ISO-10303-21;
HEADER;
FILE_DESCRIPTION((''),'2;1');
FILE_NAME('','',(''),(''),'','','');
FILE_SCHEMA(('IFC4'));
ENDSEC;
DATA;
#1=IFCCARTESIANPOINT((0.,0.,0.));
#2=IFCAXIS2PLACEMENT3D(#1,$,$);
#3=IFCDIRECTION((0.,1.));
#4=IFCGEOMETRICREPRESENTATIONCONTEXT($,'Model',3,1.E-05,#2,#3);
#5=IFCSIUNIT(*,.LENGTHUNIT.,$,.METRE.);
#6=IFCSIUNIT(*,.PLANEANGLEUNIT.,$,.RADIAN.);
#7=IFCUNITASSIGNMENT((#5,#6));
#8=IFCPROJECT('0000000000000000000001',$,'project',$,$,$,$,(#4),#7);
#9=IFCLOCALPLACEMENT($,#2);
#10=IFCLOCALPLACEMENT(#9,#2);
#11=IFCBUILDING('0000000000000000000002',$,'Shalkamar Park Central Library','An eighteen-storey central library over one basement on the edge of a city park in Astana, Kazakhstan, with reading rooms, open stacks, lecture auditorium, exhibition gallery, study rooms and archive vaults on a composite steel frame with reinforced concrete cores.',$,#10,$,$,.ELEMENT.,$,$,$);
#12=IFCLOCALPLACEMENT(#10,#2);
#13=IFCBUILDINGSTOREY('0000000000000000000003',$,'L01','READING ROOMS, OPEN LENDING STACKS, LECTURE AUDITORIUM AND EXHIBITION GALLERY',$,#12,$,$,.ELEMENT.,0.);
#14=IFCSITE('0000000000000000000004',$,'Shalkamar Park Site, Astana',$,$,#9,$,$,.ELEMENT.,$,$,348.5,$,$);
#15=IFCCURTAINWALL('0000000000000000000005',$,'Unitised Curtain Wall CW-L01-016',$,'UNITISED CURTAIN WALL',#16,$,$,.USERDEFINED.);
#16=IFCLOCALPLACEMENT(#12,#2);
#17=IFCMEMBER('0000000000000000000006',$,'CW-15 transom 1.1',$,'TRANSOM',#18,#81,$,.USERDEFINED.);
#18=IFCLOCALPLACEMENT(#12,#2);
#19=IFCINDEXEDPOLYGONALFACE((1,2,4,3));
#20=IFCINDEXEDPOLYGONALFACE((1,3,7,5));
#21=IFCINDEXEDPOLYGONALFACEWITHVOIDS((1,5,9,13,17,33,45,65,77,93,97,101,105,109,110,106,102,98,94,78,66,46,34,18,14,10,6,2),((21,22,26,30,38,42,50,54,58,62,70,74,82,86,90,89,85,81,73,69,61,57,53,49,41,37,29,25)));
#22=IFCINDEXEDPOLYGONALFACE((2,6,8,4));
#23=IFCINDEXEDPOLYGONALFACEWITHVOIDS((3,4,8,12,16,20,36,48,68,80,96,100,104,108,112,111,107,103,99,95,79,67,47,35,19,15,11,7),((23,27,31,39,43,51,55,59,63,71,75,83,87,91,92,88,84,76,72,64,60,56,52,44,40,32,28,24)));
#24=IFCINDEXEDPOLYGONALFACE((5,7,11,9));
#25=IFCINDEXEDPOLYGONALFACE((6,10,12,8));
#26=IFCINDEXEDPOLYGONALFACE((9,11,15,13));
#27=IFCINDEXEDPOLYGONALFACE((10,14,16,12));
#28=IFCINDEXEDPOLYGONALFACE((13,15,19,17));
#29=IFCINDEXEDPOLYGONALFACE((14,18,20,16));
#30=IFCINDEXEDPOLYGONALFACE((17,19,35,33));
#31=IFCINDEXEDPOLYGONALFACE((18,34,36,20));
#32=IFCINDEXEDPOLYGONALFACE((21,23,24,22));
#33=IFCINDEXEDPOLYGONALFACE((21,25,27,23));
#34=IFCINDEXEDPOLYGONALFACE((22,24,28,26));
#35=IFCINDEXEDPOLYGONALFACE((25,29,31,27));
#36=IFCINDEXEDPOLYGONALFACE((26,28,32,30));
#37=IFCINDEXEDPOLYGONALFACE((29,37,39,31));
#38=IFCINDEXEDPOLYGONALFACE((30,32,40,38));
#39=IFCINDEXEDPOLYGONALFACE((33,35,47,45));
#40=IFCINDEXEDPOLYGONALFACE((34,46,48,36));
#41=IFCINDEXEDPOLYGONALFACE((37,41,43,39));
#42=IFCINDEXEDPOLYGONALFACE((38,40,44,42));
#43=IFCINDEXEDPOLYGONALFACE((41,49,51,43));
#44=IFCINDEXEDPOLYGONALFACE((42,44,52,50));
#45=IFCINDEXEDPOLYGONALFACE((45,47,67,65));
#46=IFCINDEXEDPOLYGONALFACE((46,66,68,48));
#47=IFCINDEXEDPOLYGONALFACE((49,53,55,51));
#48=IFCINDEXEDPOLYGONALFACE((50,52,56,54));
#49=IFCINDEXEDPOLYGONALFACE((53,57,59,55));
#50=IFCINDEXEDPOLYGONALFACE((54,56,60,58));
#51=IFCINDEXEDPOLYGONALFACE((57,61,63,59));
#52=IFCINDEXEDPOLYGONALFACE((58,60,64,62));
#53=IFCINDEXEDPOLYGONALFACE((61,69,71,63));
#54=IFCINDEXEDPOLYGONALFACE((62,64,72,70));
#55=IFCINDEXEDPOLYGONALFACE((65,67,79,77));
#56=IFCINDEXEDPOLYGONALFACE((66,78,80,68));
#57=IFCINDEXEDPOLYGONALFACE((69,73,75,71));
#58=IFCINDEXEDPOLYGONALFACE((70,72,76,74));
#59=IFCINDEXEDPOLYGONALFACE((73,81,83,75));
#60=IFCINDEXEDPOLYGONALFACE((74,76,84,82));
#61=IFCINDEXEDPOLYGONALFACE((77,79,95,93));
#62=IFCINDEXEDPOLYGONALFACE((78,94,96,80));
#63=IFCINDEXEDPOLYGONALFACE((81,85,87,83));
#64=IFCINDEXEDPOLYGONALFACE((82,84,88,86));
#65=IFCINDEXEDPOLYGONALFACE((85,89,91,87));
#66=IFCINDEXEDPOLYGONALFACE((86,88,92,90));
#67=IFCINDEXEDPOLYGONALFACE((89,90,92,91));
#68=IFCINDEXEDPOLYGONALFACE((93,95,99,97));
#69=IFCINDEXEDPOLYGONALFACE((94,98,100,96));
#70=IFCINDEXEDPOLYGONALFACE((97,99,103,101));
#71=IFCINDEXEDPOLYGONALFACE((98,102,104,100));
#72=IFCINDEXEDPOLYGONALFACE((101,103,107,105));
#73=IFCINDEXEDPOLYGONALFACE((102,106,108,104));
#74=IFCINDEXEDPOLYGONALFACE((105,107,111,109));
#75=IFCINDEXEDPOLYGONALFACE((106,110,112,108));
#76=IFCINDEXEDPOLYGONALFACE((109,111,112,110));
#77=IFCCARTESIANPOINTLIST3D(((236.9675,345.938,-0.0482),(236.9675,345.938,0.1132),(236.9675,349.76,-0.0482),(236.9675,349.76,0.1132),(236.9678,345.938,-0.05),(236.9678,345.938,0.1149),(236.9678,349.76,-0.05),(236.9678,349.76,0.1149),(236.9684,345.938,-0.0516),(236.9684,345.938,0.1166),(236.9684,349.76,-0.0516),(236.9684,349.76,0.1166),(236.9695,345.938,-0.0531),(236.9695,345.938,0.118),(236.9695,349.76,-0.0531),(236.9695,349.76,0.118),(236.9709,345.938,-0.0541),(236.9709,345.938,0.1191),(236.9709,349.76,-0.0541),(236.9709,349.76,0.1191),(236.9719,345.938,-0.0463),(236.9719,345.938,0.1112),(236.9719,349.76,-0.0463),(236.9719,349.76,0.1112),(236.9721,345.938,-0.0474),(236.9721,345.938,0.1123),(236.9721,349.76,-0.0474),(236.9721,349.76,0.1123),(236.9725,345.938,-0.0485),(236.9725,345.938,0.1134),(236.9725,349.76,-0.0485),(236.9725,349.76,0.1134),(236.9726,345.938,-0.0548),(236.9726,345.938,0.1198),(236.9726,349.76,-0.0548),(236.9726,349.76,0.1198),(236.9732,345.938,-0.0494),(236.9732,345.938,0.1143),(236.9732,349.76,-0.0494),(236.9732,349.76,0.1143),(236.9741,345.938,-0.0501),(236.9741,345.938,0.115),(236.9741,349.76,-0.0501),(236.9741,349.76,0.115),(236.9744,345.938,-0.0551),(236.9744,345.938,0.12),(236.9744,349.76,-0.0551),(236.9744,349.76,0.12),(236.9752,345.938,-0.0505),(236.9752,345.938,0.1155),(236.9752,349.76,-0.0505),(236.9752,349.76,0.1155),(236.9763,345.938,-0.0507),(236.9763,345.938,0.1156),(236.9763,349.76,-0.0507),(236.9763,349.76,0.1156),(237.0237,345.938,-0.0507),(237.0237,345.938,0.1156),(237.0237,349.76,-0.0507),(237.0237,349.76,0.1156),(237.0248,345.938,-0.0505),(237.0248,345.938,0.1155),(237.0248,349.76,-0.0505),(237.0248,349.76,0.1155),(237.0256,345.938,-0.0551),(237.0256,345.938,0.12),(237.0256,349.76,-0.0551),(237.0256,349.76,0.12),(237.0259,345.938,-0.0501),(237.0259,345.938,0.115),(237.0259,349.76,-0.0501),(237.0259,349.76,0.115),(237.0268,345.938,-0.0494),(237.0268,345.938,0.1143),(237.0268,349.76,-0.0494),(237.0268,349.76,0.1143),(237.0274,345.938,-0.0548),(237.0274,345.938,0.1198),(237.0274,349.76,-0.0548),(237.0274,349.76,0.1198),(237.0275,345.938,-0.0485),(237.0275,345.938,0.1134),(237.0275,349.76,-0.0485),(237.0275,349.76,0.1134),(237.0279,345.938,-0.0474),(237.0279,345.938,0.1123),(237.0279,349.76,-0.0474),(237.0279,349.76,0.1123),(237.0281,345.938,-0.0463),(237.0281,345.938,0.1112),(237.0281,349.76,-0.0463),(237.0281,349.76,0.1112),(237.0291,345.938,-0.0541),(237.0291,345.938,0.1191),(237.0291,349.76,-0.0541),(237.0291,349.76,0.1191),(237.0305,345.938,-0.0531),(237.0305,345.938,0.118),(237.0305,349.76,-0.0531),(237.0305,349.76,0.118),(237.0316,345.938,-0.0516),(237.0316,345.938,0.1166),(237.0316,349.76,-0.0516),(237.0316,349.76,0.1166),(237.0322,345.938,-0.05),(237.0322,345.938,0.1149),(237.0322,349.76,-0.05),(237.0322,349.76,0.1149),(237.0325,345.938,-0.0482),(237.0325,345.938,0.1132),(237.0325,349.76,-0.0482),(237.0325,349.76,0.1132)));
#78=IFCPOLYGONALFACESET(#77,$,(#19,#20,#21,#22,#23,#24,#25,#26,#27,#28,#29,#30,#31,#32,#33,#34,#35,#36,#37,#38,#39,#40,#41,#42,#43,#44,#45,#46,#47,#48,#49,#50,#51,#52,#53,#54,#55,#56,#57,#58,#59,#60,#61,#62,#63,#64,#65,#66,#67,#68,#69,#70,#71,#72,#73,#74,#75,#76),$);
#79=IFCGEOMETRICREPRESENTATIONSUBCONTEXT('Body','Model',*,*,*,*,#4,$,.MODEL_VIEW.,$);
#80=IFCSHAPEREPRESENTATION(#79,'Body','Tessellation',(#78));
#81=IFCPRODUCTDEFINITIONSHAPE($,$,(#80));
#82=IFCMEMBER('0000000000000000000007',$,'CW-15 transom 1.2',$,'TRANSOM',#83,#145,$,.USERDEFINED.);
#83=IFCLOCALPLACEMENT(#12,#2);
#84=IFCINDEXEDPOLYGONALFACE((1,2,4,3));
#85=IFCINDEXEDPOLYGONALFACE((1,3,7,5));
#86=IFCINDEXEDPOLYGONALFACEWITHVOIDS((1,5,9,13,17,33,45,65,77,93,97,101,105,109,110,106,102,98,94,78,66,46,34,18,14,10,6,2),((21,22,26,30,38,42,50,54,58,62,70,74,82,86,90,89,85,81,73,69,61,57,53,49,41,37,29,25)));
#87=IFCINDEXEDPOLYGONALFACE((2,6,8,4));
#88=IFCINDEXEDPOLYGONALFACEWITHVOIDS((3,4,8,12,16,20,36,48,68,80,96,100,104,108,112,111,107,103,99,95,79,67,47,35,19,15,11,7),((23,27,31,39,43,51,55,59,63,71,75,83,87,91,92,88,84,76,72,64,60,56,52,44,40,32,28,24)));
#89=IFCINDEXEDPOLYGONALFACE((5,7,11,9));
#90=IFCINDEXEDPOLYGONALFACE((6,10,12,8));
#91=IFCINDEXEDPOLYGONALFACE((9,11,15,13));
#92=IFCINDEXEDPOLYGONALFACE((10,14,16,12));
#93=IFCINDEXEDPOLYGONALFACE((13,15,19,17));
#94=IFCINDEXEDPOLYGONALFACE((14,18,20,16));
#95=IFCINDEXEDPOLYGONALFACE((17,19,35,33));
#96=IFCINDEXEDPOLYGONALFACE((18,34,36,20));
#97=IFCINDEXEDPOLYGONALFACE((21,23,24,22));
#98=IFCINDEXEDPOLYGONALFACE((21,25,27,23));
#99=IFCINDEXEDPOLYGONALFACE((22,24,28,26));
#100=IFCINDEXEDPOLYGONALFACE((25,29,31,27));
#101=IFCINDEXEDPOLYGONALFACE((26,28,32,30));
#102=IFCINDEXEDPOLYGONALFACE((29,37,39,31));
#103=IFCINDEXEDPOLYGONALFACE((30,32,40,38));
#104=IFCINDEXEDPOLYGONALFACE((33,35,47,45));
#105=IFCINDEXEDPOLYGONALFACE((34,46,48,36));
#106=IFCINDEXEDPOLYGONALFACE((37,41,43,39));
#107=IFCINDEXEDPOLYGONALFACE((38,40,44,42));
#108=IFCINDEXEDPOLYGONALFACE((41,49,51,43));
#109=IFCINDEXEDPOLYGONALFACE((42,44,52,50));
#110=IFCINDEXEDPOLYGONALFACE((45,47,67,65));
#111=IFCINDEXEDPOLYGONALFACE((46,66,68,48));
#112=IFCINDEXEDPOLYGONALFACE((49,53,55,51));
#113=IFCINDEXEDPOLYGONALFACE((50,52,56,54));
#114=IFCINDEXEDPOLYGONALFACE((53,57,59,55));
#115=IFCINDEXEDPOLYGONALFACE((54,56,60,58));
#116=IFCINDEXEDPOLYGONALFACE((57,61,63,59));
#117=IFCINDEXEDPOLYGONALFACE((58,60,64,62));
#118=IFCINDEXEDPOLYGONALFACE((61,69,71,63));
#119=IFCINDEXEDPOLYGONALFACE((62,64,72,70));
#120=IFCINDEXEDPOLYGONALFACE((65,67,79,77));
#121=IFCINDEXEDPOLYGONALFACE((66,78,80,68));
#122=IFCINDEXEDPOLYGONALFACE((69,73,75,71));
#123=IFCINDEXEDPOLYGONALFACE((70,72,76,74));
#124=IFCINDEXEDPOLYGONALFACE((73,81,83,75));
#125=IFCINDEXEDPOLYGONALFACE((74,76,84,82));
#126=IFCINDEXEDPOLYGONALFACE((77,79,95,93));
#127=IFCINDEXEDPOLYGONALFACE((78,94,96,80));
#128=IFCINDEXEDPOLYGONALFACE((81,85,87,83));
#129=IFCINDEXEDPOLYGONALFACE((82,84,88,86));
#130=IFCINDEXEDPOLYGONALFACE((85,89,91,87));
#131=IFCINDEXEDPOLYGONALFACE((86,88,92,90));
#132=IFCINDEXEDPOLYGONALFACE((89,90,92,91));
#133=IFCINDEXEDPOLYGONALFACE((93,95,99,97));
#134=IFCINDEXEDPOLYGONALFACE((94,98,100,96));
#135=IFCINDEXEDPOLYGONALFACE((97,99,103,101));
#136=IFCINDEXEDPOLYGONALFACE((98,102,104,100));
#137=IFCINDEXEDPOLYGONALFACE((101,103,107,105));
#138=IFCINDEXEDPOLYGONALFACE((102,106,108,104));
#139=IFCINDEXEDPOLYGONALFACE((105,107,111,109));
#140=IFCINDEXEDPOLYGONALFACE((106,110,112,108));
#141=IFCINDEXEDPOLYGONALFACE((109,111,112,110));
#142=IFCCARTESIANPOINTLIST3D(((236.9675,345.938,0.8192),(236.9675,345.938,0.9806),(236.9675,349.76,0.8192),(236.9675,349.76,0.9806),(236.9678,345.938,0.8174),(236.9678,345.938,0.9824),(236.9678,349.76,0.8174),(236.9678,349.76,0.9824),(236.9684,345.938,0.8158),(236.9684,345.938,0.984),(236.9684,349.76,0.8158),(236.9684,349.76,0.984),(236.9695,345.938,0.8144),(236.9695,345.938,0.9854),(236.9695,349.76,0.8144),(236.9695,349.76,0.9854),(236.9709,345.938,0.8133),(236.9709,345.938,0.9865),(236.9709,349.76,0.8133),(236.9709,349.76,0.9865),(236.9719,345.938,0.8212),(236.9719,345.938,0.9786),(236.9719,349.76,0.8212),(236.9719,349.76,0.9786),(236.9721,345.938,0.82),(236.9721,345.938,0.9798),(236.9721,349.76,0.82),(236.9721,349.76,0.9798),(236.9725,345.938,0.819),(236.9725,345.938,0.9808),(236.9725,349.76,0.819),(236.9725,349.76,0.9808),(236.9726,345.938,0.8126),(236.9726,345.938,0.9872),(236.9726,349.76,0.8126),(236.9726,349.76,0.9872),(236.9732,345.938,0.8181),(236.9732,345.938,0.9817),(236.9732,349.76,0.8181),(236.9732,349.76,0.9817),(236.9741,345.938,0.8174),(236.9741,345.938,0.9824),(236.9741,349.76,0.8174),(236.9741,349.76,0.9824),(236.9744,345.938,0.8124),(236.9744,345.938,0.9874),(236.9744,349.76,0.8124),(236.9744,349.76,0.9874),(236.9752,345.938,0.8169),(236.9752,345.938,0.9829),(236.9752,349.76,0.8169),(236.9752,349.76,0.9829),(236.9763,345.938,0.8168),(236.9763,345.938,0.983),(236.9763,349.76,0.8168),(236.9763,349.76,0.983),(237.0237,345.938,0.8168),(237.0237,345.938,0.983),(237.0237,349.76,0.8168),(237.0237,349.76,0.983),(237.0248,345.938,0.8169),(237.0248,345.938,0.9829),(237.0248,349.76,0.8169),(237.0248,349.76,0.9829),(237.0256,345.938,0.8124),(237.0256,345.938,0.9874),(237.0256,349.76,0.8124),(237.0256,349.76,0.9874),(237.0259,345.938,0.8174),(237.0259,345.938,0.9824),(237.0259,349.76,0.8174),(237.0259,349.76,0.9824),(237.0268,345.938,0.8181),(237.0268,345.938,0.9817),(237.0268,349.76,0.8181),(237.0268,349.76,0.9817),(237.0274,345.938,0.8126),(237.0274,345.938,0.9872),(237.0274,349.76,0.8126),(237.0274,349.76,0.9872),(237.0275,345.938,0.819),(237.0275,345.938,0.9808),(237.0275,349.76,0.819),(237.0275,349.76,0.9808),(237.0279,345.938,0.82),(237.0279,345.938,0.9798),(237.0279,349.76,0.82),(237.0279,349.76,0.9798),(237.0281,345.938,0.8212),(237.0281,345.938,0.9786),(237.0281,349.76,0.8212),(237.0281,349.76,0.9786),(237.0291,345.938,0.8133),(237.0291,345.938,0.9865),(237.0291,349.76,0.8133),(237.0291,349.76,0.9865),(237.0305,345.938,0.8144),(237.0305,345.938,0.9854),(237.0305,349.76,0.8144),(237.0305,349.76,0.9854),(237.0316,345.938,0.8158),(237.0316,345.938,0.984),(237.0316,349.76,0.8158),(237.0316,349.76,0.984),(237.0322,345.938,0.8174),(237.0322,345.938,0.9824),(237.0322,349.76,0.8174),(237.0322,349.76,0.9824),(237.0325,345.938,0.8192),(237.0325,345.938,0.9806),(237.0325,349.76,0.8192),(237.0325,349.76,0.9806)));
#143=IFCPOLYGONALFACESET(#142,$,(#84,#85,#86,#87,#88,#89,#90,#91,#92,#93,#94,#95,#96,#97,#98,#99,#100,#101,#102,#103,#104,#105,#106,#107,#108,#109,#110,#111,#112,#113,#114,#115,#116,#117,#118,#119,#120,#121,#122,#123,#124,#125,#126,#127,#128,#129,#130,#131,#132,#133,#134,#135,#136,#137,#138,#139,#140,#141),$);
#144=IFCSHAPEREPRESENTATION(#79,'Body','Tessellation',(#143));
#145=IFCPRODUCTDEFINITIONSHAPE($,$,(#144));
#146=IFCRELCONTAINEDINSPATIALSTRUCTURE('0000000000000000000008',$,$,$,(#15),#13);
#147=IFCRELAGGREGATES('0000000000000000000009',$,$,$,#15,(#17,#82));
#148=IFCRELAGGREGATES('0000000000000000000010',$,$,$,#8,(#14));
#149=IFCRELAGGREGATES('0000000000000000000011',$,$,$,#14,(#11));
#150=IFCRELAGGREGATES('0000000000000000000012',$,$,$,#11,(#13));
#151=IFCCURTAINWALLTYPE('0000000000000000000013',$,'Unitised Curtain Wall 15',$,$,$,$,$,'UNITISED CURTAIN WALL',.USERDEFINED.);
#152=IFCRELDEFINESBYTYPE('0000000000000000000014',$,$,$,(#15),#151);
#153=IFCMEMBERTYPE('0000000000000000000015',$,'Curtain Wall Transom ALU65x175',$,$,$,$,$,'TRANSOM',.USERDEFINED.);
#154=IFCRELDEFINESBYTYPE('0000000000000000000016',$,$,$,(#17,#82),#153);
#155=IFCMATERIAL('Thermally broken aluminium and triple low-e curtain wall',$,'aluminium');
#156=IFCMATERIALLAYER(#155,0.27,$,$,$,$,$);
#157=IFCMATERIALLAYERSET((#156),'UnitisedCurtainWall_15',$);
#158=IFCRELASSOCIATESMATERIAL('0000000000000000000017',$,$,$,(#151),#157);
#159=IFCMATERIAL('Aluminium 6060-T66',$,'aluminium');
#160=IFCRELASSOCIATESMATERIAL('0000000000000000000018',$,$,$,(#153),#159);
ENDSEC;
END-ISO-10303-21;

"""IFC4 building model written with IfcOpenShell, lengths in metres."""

from ifc_helpers import new_model, si_unit, direction, frame, origin, origin_2d, place, context, subcontext, project, spatial, hollow_rectangle, extrude, material, layer, layer_set, material_profile, profile_set, type_object, element, aggregate, save


model = new_model("IFC4")

# Units and contexts
model_context = context("Model", 3, precision=1e-05, world=origin(), true_north=direction((0.0, 1.0)))
body_context = subcontext(model_context, "Body", "Model", "MODEL_VIEW")
ifc_project = project(units=[si_unit("LENGTHUNIT", "METRE"), si_unit("PLANEANGLEUNIT", "RADIAN")], contexts=[model_context])

# Site, building, storey
site_placement = place(None, origin())
site = spatial("IfcSite", under=ifc_project, at=site_placement, Name="Shalkamar Park Site, Astana", CompositionType="ELEMENT", RefElevation=348.5)
building_placement = place(site_placement, origin())
building = spatial("IfcBuilding", under=site, at=building_placement, Name="Shalkamar Park Central Library", Description="An eighteen-storey central library over one basement on the edge of a city park in Astana, Kazakhstan, with reading rooms, open stacks, lecture auditorium, exhibition gallery, study rooms and archive vaults on a composite steel frame with reinforced concrete cores.", CompositionType="ELEMENT")
storey_placement = place(building_placement, origin())
storey = spatial("IfcBuildingStorey", under=building, at=storey_placement, Name="L01", Description="READING ROOMS, OPEN LENDING STACKS, LECTURE AUDITORIUM AND EXHIBITION GALLERY", CompositionType="ELEMENT", Elevation=0.0)

# Curtain wall
ifc_material_1 = material(Name="Thermally broken aluminium and triple low-e curtain wall", Category="aluminium")
ifc_material_2 = material(Name="Aluminium 6060-T66", Category="aluminium")
ifc_layer_1 = layer(ifc_material_1, 0.27)
ifc_layer_set_1 = layer_set([ifc_layer_1], Name="UnitisedCurtainWall_15")
curtain_wall_type_1 = type_object("IfcCurtainWallType", Name="Unitised Curtain Wall 15", ElementType="UNITISED CURTAIN WALL", PredefinedType="USERDEFINED", material=ifc_layer_set_1)
curtain_wall_1_placement = place(storey_placement, origin())
curtain_wall_1 = element("IfcCurtainWall", 1, at=curtain_wall_1_placement, inside=storey, type_object=curtain_wall_type_1, Name="Unitised Curtain Wall CW-L01-016", ObjectType="UNITISED CURTAIN WALL", PredefinedType="USERDEFINED")

# Members
ifc_material_profile_1 = material_profile(ifc_material_2, hollow_rectangle(XDim=0.0649, YDim=0.175, WallThickness=0.0044, InnerFilletRadius=0.0044, OuterFilletRadius=0.0068, at=origin_2d()), Name="ALU 65x175x4.5")
ifc_profile_set_1 = profile_set([ifc_material_profile_1], Name="Aluminium 6060-T66")
member_type_1 = type_object("IfcMemberType", Name="Curtain Wall Transom ALU65x175", ElementType="TRANSOM", PredefinedType="USERDEFINED", material=ifc_profile_set_1)
member_1_placement = place(storey_placement, frame((237.0, 345.938, 0.0325), z_axis=(0.0, 1.0, 0.0), x_axis=(-1.0, 0.0, 0.0)))
member_1 = element("IfcMember", 2, at=member_1_placement, type_object=member_type_1, Name="CW-15 transom 1.1", ObjectType="TRANSOM", PredefinedType="USERDEFINED", context=body_context, shape_type="SweptSolid", body=[
    extrude(hollow_rectangle(XDim=0.0649, YDim=0.175, WallThickness=0.0044, InnerFilletRadius=0.0044, OuterFilletRadius=0.0068, at=origin_2d()), origin(), (0.0, 0.0, 1.0), 3.822),
])
member_2_placement = place(storey_placement, frame((237.0, 345.938, 0.8999), z_axis=(0.0, 1.0, 0.0), x_axis=(-1.0, 0.0, 0.0)))
member_2 = element("IfcMember", 3, at=member_2_placement, type_object=member_type_1, Name="CW-15 transom 1.2", ObjectType="TRANSOM", PredefinedType="USERDEFINED", context=body_context, shape_type="SweptSolid", body=[
    extrude(hollow_rectangle(XDim=0.0649, YDim=0.175, WallThickness=0.0044, InnerFilletRadius=0.0044, OuterFilletRadius=0.0068, at=origin_2d()), origin(), (0.0, 0.0, 1.0), 3.822),
])

aggregate(curtain_wall_1, [member_1, member_2])

save(model, "model.ifc")
